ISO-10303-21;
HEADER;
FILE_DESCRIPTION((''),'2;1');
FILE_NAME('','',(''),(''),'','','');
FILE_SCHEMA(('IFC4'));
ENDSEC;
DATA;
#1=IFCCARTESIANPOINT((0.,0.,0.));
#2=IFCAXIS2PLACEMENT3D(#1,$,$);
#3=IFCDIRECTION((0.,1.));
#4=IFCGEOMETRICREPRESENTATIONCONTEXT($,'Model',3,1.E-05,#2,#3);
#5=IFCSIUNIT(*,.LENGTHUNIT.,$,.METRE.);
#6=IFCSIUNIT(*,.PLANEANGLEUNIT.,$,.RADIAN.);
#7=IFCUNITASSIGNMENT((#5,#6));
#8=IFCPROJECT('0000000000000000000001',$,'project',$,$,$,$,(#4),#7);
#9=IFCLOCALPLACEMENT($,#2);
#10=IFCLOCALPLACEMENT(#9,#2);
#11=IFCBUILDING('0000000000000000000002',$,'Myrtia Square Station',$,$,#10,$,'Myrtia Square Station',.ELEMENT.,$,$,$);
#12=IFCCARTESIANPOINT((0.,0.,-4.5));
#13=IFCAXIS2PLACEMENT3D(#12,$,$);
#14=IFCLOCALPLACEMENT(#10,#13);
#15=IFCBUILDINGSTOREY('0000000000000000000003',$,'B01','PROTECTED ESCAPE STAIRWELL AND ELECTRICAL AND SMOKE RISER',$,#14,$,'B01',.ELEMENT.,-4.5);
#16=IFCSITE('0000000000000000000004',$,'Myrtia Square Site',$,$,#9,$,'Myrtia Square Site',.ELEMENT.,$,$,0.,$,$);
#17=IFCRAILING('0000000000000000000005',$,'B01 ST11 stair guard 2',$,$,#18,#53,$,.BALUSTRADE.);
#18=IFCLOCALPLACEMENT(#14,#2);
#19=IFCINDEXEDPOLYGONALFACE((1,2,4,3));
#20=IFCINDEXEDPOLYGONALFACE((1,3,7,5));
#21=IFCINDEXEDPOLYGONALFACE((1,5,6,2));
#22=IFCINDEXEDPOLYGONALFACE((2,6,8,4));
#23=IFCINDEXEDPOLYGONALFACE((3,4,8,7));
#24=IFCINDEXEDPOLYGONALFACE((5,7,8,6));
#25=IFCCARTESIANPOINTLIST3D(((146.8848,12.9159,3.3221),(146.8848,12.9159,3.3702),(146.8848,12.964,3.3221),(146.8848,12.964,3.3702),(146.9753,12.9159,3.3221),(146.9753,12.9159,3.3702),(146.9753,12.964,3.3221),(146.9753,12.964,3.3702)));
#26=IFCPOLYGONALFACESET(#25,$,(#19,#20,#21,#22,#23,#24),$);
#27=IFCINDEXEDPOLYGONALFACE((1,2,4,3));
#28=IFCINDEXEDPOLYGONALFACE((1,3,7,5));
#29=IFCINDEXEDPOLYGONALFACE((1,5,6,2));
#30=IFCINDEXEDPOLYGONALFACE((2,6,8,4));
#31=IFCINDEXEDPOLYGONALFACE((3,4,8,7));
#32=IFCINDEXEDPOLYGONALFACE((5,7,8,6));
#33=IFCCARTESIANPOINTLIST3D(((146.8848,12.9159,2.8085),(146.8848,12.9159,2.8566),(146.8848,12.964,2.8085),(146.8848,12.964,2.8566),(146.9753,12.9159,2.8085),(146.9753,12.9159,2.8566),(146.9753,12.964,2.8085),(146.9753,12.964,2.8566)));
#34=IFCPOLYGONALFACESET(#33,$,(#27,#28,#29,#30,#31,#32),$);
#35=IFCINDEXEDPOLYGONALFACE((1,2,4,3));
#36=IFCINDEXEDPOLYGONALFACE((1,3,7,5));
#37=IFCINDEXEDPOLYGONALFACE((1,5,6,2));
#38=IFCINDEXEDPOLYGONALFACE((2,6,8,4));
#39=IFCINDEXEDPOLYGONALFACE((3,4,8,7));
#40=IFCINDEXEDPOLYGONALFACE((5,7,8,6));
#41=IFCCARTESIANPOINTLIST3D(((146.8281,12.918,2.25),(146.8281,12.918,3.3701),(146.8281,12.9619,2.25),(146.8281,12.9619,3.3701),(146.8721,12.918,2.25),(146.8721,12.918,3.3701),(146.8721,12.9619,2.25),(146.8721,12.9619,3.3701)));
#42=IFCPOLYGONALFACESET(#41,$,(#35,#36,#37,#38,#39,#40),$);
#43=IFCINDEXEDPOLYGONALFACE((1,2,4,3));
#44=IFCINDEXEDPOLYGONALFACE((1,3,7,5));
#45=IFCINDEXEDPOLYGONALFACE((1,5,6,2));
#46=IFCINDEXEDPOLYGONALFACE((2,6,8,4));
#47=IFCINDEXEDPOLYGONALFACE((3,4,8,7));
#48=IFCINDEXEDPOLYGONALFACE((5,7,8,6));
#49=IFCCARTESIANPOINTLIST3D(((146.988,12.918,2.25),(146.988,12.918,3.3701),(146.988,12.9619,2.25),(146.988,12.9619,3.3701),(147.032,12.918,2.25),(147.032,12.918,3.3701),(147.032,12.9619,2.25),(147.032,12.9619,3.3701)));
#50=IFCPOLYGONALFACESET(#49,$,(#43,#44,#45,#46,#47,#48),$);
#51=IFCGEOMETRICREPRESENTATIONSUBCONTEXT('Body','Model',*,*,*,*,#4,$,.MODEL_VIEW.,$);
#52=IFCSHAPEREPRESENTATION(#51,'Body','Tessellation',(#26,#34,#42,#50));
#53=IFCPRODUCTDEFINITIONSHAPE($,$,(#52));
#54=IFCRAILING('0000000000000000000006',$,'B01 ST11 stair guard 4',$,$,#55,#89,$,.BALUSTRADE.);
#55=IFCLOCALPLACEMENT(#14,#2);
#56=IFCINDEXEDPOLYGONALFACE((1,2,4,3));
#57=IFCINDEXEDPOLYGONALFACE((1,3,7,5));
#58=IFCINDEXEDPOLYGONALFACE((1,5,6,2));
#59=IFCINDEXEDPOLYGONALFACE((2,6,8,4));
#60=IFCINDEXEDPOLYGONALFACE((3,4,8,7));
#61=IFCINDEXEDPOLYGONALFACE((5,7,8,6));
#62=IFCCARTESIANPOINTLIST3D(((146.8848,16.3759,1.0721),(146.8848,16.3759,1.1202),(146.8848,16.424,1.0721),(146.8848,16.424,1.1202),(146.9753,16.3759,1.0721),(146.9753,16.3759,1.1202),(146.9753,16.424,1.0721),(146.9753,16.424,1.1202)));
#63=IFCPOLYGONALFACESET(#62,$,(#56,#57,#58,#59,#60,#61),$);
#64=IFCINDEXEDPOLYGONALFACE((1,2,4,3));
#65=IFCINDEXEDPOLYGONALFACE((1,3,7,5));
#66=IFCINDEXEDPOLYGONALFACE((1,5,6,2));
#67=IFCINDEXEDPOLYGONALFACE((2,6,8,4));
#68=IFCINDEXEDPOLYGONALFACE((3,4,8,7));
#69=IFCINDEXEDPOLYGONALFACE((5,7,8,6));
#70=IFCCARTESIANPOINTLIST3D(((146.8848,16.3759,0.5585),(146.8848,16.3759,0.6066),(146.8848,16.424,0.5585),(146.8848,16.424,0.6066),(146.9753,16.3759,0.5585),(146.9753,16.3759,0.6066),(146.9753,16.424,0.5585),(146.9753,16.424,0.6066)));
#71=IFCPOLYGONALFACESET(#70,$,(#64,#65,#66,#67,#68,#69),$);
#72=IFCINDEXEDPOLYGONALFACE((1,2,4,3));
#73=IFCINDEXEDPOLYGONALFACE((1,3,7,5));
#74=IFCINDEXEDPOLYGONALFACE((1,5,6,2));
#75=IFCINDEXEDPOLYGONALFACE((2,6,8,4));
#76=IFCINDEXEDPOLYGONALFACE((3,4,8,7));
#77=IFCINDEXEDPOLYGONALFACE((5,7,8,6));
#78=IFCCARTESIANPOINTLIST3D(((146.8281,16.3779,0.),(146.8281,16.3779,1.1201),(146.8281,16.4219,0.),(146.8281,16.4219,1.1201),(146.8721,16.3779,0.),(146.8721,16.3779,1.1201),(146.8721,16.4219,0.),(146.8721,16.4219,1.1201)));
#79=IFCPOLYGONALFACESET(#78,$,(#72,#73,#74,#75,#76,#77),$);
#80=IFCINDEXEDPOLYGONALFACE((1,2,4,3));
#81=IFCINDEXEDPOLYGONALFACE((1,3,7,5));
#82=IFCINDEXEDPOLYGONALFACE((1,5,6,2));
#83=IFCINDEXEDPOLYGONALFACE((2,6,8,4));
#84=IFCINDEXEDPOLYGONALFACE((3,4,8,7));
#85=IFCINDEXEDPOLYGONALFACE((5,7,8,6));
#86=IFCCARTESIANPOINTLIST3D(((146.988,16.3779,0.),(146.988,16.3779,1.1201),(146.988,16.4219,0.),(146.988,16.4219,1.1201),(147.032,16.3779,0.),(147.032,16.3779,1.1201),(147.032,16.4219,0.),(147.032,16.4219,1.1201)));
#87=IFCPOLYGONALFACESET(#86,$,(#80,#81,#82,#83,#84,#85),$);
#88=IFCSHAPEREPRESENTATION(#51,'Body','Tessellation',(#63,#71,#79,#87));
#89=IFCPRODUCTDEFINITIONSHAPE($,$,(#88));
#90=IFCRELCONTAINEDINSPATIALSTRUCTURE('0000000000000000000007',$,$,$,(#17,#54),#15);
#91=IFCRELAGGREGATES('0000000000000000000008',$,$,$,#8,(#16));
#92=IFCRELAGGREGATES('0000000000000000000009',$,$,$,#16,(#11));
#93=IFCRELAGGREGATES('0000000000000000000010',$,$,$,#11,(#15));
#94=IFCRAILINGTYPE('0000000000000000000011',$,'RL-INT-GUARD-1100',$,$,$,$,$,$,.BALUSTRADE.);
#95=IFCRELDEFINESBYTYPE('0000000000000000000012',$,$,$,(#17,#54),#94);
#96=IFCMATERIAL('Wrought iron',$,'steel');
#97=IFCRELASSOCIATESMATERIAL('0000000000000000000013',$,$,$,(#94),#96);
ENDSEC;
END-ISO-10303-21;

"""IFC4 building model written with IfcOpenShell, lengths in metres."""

from ifc_helpers import new_model, si_unit, direction, frame, origin, origin_2d, place, context, subcontext, project, spatial, rectangle, extrude, material, type_object, element, save


model = new_model("IFC4")

# Units and contexts
model_context = context("Model", 3, precision=1e-05, world=origin(), true_north=direction((0.0, 1.0)))
body_context = subcontext(model_context, "Body", "Model", "MODEL_VIEW")
ifc_project = project(units=[si_unit("LENGTHUNIT", "METRE"), si_unit("PLANEANGLEUNIT", "RADIAN")], contexts=[model_context])

# Site, building, storey
site_placement = place(None, origin())
site = spatial("IfcSite", under=ifc_project, at=site_placement, Name="Myrtia Square Site", LongName="Myrtia Square Site", CompositionType="ELEMENT", RefElevation=0.0)
building_placement = place(site_placement, origin())
building = spatial("IfcBuilding", under=site, at=building_placement, Name="Myrtia Square Station", LongName="Myrtia Square Station", CompositionType="ELEMENT")
storey_placement = place(building_placement, frame((0.0, 0.0, -4.5)))
storey = spatial("IfcBuildingStorey", under=building, at=storey_placement, Name="B01", Description="PROTECTED ESCAPE STAIRWELL AND ELECTRICAL AND SMOKE RISER", LongName="B01", CompositionType="ELEMENT", Elevation=-4.5)

# Railings
ifc_material_1 = material(Name="Wrought iron", Category="steel")
railing_type_1 = type_object("IfcRailingType", Name="RL-INT-GUARD-1100", PredefinedType="BALUSTRADE", material=ifc_material_1)
for number, where, name in (
    (1, (146.8501, 12.9399, 2.25), "B01 ST11 stair guard 2"),
    (2, (146.8501, 16.3999, 0.0), "B01 ST11 stair guard 4"),
):
    element("IfcRailing", number, at=place(storey_placement, frame(where)), inside=storey, type_object=railing_type_1, Name=name, PredefinedType="BALUSTRADE", context=body_context, shape_type="SweptSolid", body=[
        extrude(rectangle(XDim=0.0481, YDim=0.0481, at=origin_2d()), frame((0.0347, 0.0, 1.0962), z_axis=(1.0, 0.0, 0.0), x_axis=(0.0, 1.0, 0.0)), (0.0, 0.0, 1.0), 0.0906),
        extrude(rectangle(XDim=0.0481, YDim=0.0481, at=origin_2d()), frame((0.0347, 0.0, 0.5825), z_axis=(1.0, 0.0, 0.0), x_axis=(0.0, 1.0, 0.0)), (0.0, 0.0, 1.0), 0.0906),
        extrude(rectangle(XDim=0.0439, YDim=0.0439, at=origin_2d()), origin(), (0.0, 0.0, 1.0), 1.1201),
        extrude(rectangle(XDim=0.0439, YDim=0.0439, at=origin_2d()), frame((0.1599, 0.0, 0.0)), (0.0, 0.0, 1.0), 1.1201),
    ])

save(model, "model.ifc")
